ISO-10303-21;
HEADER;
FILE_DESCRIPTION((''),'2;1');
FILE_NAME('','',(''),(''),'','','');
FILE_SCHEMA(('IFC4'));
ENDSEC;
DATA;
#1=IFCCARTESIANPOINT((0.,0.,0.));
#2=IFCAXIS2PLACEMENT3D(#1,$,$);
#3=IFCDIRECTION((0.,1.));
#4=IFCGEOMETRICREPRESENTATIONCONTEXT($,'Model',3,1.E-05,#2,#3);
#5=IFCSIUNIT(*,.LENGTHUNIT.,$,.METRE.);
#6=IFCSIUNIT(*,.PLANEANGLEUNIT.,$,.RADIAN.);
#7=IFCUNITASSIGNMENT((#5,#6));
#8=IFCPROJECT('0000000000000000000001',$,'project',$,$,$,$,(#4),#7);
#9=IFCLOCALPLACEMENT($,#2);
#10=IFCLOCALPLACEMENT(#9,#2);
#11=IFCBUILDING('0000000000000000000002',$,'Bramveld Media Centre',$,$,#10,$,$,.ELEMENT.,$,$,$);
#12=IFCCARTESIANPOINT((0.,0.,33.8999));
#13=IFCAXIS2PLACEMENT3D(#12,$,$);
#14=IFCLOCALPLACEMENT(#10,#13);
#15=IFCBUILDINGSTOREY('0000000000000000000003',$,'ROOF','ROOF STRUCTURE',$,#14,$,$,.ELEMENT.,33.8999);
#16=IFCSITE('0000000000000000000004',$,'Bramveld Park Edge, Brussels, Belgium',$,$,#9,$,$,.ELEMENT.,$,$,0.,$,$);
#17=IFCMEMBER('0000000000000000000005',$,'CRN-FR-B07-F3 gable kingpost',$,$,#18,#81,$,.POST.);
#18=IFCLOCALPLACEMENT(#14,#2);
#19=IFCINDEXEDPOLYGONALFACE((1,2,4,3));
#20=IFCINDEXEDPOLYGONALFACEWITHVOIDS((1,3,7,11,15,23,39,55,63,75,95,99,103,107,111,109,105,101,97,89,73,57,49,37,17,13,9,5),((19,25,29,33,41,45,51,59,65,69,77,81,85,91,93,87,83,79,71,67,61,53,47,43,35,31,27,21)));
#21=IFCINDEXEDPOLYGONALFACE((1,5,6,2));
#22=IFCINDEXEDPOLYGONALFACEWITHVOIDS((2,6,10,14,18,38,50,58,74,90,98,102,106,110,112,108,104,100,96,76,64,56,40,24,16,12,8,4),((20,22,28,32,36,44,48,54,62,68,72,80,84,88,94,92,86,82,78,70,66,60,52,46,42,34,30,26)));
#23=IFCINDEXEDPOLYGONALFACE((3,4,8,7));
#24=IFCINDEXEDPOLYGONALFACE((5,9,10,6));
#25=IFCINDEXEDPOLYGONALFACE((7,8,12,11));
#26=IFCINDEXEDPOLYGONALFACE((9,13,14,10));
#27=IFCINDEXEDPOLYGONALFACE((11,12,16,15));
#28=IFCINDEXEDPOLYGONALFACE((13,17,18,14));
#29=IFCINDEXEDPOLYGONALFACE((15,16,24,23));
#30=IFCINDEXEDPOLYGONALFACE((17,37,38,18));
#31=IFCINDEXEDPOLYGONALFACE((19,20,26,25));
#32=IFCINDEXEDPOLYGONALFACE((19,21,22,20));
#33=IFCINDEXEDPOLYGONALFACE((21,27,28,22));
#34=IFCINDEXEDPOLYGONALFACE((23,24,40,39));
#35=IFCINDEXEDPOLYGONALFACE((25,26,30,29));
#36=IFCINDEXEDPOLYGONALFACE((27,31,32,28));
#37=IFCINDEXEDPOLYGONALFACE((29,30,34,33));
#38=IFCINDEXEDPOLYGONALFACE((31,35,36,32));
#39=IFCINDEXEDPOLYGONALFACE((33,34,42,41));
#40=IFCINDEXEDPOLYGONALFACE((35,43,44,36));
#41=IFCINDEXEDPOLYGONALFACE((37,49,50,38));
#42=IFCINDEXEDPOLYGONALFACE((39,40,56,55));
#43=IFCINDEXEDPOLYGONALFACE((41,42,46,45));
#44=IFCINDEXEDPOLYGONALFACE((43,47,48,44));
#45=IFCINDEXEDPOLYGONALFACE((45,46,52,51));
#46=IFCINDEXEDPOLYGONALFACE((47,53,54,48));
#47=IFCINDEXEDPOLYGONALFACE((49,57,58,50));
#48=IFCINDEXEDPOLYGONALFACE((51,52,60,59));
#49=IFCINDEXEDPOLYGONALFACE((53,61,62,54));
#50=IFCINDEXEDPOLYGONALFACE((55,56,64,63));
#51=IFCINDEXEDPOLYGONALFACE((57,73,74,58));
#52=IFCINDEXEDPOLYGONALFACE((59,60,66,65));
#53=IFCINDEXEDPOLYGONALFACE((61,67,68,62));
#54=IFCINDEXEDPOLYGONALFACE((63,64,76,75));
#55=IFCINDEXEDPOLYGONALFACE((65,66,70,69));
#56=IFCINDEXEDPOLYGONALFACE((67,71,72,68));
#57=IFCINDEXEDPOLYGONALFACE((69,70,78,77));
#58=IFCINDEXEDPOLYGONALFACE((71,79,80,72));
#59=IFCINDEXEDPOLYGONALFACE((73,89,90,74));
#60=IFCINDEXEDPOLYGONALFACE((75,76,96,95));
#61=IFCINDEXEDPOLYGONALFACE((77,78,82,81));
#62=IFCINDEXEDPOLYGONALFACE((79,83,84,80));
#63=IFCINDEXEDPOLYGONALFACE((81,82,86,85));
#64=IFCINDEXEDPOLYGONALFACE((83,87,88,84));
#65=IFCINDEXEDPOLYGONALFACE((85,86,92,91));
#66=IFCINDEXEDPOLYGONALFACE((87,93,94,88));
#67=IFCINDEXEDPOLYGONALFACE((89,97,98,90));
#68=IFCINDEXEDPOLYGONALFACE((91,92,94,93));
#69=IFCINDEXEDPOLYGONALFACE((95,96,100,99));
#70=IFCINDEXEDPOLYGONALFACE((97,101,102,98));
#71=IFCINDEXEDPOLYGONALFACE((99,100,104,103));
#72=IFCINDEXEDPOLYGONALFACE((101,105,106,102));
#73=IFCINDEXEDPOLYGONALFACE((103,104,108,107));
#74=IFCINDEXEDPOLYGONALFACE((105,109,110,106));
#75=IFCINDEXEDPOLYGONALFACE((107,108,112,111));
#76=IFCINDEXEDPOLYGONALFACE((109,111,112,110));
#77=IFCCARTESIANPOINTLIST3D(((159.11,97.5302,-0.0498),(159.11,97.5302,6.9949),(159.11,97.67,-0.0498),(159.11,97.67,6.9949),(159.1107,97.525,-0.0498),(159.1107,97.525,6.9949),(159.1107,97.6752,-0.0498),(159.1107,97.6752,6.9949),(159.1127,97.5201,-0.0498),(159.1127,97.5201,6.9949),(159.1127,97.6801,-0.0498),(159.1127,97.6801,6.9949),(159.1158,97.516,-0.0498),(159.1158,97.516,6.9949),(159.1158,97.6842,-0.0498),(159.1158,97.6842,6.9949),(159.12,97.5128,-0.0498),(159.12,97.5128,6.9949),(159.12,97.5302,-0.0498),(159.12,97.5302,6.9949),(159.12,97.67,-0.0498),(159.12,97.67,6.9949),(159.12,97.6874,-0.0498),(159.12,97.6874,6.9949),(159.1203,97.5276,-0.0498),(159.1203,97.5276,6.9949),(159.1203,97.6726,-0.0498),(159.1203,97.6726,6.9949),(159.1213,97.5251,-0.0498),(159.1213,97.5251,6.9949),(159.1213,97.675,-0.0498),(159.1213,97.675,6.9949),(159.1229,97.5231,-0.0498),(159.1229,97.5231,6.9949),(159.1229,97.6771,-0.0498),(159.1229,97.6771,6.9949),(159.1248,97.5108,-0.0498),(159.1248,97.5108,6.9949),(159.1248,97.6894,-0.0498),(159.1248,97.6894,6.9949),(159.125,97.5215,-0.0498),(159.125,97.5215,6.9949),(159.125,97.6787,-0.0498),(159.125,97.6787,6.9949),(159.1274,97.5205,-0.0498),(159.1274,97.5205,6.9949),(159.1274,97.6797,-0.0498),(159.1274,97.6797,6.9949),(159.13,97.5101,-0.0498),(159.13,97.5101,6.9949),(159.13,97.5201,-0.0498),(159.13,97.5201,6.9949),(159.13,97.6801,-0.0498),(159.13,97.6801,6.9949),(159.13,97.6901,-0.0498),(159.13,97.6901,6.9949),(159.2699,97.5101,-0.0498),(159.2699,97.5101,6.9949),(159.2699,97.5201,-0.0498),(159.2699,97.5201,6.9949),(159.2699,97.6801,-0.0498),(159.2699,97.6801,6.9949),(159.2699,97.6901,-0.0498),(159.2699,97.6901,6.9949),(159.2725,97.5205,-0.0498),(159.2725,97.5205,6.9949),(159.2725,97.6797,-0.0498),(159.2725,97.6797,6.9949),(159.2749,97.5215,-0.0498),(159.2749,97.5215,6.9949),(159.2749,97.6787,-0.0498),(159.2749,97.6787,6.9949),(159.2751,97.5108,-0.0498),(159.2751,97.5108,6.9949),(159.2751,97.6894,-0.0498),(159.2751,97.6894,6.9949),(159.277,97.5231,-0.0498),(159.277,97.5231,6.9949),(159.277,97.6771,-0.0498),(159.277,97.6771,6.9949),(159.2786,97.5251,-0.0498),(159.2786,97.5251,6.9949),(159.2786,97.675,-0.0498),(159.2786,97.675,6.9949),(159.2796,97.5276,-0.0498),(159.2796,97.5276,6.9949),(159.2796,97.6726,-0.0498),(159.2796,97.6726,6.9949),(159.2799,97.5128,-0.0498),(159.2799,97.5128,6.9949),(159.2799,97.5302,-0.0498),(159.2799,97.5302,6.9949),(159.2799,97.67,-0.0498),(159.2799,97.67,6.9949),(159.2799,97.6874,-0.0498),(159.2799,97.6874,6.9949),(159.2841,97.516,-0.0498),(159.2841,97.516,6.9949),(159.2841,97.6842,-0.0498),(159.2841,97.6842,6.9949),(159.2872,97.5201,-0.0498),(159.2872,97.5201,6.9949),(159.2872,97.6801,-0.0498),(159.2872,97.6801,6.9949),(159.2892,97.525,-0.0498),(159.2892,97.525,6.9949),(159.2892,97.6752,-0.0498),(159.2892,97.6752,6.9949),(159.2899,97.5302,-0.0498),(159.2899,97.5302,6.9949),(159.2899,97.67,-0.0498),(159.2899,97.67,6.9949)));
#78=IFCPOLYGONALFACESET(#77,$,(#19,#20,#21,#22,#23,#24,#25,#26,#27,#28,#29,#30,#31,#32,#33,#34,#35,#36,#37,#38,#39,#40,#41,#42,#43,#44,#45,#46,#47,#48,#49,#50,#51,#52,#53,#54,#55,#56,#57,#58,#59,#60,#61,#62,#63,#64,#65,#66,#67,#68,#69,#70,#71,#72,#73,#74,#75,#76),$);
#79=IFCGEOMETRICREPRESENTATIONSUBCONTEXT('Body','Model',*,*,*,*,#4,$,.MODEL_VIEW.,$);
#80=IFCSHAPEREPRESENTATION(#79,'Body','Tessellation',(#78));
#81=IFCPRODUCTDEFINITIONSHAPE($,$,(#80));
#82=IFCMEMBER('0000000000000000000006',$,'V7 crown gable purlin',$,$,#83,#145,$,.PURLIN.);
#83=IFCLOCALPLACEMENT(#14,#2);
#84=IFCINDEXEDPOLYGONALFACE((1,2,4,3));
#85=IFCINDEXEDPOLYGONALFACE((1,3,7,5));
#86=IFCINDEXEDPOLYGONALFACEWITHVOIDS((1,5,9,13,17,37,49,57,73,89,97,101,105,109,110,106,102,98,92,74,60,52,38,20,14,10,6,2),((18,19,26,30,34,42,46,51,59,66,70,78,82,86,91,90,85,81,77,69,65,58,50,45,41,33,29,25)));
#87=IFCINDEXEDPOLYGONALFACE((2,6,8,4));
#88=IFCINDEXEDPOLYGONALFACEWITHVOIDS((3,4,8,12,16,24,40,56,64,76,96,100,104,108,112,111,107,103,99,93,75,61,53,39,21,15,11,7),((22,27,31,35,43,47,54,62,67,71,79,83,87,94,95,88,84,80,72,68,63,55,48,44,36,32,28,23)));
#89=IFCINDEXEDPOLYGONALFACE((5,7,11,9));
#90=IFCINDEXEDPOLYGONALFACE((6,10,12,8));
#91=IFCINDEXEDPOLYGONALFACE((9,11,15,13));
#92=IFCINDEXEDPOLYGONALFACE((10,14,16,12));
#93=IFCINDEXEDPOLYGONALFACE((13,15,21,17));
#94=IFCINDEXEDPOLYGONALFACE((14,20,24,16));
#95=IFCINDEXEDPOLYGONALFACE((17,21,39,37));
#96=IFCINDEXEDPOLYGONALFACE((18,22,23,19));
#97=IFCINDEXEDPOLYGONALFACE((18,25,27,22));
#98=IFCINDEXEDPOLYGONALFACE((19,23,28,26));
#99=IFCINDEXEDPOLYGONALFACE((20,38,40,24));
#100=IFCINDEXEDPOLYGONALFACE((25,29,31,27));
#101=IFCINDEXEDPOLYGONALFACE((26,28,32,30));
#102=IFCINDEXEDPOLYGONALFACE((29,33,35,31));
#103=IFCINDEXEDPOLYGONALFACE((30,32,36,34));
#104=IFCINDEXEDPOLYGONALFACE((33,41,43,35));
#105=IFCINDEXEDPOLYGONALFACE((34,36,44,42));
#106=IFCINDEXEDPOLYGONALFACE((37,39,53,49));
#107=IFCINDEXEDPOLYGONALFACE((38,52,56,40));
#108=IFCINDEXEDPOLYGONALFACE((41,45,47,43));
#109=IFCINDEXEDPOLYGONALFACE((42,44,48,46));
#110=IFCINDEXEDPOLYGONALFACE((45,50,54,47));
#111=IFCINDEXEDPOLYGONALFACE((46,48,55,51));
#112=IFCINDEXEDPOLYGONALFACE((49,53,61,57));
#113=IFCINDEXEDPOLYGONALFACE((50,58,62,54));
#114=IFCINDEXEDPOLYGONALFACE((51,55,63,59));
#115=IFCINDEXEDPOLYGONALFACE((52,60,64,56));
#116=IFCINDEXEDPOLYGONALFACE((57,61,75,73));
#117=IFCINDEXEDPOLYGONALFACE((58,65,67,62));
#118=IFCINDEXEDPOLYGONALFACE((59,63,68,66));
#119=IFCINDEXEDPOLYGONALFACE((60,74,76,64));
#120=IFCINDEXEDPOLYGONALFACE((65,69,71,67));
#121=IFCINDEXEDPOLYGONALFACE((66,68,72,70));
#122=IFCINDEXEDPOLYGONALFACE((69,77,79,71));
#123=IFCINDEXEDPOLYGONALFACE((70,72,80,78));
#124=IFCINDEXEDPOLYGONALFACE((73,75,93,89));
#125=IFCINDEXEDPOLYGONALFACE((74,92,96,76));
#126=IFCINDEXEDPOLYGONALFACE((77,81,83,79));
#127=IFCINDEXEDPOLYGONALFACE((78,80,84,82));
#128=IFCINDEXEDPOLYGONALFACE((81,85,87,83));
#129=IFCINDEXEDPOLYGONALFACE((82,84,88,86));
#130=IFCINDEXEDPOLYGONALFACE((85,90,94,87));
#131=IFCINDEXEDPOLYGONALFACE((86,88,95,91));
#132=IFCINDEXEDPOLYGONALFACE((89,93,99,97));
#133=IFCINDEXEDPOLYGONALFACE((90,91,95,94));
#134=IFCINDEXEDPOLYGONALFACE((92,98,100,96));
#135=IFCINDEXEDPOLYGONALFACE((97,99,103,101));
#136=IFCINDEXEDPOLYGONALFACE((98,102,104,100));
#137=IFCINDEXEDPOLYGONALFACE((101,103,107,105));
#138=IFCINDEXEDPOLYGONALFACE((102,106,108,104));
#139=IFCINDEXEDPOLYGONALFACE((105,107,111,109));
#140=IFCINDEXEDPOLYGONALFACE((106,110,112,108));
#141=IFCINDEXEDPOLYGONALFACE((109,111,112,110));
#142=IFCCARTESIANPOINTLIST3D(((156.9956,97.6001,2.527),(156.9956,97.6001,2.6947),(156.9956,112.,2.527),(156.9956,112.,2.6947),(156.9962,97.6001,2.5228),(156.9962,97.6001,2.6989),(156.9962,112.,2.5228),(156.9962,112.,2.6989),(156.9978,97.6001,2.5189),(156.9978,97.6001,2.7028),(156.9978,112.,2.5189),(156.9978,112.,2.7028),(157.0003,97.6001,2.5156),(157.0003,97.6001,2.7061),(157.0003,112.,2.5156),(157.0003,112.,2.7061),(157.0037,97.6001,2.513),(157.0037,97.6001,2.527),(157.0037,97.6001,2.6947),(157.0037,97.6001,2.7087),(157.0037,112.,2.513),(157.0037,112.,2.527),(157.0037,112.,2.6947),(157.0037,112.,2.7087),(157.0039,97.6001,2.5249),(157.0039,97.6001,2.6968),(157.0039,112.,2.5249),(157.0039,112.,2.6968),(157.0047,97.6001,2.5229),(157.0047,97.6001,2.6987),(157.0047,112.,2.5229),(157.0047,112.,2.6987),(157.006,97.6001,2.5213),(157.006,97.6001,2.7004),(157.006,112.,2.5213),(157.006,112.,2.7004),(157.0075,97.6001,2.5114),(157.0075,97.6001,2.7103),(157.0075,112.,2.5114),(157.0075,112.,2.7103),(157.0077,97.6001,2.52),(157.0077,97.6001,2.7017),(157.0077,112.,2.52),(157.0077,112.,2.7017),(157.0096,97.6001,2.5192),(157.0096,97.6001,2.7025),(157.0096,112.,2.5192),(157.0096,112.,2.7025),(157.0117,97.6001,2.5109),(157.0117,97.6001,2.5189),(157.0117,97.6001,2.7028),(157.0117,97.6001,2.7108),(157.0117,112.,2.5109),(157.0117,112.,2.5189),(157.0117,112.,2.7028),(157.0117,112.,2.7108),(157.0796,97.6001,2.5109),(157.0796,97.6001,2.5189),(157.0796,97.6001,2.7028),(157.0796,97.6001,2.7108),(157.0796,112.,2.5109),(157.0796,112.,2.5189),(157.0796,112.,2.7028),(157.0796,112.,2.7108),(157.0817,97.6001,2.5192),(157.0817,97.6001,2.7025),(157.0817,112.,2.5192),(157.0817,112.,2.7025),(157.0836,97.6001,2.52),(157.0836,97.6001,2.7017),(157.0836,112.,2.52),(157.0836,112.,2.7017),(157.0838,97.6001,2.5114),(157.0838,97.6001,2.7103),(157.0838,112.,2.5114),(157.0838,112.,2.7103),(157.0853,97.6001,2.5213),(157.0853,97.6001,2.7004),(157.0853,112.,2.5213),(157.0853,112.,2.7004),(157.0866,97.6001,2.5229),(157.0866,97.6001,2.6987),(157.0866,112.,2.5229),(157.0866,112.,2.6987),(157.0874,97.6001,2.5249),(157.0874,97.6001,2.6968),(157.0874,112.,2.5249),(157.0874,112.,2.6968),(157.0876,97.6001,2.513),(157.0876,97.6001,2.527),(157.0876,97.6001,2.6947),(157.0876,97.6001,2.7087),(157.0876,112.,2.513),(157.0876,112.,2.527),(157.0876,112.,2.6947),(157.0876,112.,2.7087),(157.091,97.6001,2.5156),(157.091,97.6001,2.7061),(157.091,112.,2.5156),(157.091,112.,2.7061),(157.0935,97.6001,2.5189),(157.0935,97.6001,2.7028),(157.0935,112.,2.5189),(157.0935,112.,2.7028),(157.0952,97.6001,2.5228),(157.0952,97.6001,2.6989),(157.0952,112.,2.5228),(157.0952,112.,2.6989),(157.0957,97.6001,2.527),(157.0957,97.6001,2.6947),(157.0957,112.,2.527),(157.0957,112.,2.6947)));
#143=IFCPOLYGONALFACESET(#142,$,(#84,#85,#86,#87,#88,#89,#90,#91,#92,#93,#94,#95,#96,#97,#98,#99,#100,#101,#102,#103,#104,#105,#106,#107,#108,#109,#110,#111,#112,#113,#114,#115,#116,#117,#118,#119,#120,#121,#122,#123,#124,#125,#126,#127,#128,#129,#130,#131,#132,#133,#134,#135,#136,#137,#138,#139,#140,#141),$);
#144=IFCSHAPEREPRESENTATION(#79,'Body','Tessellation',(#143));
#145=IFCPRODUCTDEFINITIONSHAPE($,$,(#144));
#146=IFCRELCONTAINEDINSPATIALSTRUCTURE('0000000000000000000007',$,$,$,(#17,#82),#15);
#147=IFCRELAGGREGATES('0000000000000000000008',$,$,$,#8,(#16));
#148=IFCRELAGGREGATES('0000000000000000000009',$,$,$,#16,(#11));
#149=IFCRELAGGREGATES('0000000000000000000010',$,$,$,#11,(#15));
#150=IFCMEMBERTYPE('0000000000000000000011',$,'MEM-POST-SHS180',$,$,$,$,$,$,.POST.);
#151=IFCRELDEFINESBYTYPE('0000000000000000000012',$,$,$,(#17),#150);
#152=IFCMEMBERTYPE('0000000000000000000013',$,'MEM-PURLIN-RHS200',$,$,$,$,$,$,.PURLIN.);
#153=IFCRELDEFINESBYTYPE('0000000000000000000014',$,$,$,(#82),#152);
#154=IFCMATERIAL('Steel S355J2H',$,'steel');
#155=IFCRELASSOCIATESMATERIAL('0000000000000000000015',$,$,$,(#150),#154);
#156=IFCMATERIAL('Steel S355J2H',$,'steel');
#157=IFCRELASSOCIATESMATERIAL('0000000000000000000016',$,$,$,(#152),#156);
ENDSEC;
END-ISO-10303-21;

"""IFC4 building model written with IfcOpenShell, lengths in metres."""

from ifc_helpers import new_model, si_unit, direction, frame, origin, origin_2d, place, context, subcontext, project, spatial, hollow_rectangle, extrude, material, material_profile, profile_set, type_object, element, save


model = new_model("IFC4")

# Units and contexts
model_context = context("Model", 3, precision=1e-05, world=origin(), true_north=direction((0.0, 1.0)))
body_context = subcontext(model_context, "Body", "Model", "MODEL_VIEW")
ifc_project = project(units=[si_unit("LENGTHUNIT", "METRE"), si_unit("PLANEANGLEUNIT", "RADIAN")], contexts=[model_context])

# Site, building, storey
site_placement = place(None, origin())
site = spatial("IfcSite", under=ifc_project, at=site_placement, Name="Bramveld Park Edge, Brussels, Belgium", CompositionType="ELEMENT", RefElevation=0.0)
building_placement = place(site_placement, origin())
building = spatial("IfcBuilding", under=site, at=building_placement, Name="Bramveld Media Centre", CompositionType="ELEMENT")
storey_placement = place(building_placement, frame((0.0, 0.0, 33.8999)))
storey = spatial("IfcBuildingStorey", under=building, at=storey_placement, Name="ROOF", Description="ROOF STRUCTURE", CompositionType="ELEMENT", Elevation=33.8999)

# Members
ifc_material_1 = material(Name="Steel S355J2H", Category="steel")
ifc_material_profile_1 = material_profile(ifc_material_1, hollow_rectangle(XDim=0.1799, YDim=0.1799, WallThickness=0.01, InnerFilletRadius=0.01, OuterFilletRadius=0.02, at=origin_2d()), Name="SHS 180x180x10")
ifc_profile_set_1 = profile_set([ifc_material_profile_1], Name="Steel S355J2H")
member_type_1 = type_object("IfcMemberType", Name="MEM-POST-SHS180", PredefinedType="POST", material=ifc_profile_set_1)
member_1_placement = place(storey_placement, frame((159.2, 97.6001, -0.0498), z_axis=(0.0, 0.0, 1.0), x_axis=(1.0, 0.0, 0.0)))
element("IfcMember", 1, at=member_1_placement, inside=storey, type_object=member_type_1, Name="CRN-FR-B07-F3 gable kingpost", PredefinedType="POST", context=body_context, shape_type="SweptSolid", body=[
    extrude(hollow_rectangle(XDim=0.1799, YDim=0.1799, WallThickness=0.01, InnerFilletRadius=0.01, OuterFilletRadius=0.02, at=origin_2d()), origin(), (0.0, 0.0, 1.0), 7.0447),
])
ifc_material_2 = material(Name="Steel S355J2H", Category="steel")
ifc_material_profile_2 = material_profile(ifc_material_2, hollow_rectangle(XDim=0.1001, YDim=0.2, WallThickness=0.0081, InnerFilletRadius=0.0081, OuterFilletRadius=0.0161, at=origin_2d()), Name="RHS 200x100x8")
ifc_profile_set_2 = profile_set([ifc_material_profile_2], Name="Steel S355J2H")
member_type_2 = type_object("IfcMemberType", Name="MEM-PURLIN-RHS200", PredefinedType="PURLIN", material=ifc_profile_set_2)
for number, where, z_axis, x_axis, name in (
    (2, (157.0457, 97.6001, 2.6108), (0.0, 1.0, 0.0), (-1.0, 0.0, 0.0), "V7 crown gable purlin"),
):
    element("IfcMember", number, at=place(storey_placement, frame(where, z_axis=z_axis, x_axis=x_axis)), inside=storey, type_object=member_type_2, Name=name, PredefinedType="PURLIN", context=body_context, shape_type="SweptSolid", body=[
        extrude(hollow_rectangle(XDim=0.1001, YDim=0.2, WallThickness=0.0081, InnerFilletRadius=0.0081, OuterFilletRadius=0.0161, at=origin_2d()), origin(), (0.0, 0.0, 1.0), 14.3999),
    ])

save(model, "model.ifc")
